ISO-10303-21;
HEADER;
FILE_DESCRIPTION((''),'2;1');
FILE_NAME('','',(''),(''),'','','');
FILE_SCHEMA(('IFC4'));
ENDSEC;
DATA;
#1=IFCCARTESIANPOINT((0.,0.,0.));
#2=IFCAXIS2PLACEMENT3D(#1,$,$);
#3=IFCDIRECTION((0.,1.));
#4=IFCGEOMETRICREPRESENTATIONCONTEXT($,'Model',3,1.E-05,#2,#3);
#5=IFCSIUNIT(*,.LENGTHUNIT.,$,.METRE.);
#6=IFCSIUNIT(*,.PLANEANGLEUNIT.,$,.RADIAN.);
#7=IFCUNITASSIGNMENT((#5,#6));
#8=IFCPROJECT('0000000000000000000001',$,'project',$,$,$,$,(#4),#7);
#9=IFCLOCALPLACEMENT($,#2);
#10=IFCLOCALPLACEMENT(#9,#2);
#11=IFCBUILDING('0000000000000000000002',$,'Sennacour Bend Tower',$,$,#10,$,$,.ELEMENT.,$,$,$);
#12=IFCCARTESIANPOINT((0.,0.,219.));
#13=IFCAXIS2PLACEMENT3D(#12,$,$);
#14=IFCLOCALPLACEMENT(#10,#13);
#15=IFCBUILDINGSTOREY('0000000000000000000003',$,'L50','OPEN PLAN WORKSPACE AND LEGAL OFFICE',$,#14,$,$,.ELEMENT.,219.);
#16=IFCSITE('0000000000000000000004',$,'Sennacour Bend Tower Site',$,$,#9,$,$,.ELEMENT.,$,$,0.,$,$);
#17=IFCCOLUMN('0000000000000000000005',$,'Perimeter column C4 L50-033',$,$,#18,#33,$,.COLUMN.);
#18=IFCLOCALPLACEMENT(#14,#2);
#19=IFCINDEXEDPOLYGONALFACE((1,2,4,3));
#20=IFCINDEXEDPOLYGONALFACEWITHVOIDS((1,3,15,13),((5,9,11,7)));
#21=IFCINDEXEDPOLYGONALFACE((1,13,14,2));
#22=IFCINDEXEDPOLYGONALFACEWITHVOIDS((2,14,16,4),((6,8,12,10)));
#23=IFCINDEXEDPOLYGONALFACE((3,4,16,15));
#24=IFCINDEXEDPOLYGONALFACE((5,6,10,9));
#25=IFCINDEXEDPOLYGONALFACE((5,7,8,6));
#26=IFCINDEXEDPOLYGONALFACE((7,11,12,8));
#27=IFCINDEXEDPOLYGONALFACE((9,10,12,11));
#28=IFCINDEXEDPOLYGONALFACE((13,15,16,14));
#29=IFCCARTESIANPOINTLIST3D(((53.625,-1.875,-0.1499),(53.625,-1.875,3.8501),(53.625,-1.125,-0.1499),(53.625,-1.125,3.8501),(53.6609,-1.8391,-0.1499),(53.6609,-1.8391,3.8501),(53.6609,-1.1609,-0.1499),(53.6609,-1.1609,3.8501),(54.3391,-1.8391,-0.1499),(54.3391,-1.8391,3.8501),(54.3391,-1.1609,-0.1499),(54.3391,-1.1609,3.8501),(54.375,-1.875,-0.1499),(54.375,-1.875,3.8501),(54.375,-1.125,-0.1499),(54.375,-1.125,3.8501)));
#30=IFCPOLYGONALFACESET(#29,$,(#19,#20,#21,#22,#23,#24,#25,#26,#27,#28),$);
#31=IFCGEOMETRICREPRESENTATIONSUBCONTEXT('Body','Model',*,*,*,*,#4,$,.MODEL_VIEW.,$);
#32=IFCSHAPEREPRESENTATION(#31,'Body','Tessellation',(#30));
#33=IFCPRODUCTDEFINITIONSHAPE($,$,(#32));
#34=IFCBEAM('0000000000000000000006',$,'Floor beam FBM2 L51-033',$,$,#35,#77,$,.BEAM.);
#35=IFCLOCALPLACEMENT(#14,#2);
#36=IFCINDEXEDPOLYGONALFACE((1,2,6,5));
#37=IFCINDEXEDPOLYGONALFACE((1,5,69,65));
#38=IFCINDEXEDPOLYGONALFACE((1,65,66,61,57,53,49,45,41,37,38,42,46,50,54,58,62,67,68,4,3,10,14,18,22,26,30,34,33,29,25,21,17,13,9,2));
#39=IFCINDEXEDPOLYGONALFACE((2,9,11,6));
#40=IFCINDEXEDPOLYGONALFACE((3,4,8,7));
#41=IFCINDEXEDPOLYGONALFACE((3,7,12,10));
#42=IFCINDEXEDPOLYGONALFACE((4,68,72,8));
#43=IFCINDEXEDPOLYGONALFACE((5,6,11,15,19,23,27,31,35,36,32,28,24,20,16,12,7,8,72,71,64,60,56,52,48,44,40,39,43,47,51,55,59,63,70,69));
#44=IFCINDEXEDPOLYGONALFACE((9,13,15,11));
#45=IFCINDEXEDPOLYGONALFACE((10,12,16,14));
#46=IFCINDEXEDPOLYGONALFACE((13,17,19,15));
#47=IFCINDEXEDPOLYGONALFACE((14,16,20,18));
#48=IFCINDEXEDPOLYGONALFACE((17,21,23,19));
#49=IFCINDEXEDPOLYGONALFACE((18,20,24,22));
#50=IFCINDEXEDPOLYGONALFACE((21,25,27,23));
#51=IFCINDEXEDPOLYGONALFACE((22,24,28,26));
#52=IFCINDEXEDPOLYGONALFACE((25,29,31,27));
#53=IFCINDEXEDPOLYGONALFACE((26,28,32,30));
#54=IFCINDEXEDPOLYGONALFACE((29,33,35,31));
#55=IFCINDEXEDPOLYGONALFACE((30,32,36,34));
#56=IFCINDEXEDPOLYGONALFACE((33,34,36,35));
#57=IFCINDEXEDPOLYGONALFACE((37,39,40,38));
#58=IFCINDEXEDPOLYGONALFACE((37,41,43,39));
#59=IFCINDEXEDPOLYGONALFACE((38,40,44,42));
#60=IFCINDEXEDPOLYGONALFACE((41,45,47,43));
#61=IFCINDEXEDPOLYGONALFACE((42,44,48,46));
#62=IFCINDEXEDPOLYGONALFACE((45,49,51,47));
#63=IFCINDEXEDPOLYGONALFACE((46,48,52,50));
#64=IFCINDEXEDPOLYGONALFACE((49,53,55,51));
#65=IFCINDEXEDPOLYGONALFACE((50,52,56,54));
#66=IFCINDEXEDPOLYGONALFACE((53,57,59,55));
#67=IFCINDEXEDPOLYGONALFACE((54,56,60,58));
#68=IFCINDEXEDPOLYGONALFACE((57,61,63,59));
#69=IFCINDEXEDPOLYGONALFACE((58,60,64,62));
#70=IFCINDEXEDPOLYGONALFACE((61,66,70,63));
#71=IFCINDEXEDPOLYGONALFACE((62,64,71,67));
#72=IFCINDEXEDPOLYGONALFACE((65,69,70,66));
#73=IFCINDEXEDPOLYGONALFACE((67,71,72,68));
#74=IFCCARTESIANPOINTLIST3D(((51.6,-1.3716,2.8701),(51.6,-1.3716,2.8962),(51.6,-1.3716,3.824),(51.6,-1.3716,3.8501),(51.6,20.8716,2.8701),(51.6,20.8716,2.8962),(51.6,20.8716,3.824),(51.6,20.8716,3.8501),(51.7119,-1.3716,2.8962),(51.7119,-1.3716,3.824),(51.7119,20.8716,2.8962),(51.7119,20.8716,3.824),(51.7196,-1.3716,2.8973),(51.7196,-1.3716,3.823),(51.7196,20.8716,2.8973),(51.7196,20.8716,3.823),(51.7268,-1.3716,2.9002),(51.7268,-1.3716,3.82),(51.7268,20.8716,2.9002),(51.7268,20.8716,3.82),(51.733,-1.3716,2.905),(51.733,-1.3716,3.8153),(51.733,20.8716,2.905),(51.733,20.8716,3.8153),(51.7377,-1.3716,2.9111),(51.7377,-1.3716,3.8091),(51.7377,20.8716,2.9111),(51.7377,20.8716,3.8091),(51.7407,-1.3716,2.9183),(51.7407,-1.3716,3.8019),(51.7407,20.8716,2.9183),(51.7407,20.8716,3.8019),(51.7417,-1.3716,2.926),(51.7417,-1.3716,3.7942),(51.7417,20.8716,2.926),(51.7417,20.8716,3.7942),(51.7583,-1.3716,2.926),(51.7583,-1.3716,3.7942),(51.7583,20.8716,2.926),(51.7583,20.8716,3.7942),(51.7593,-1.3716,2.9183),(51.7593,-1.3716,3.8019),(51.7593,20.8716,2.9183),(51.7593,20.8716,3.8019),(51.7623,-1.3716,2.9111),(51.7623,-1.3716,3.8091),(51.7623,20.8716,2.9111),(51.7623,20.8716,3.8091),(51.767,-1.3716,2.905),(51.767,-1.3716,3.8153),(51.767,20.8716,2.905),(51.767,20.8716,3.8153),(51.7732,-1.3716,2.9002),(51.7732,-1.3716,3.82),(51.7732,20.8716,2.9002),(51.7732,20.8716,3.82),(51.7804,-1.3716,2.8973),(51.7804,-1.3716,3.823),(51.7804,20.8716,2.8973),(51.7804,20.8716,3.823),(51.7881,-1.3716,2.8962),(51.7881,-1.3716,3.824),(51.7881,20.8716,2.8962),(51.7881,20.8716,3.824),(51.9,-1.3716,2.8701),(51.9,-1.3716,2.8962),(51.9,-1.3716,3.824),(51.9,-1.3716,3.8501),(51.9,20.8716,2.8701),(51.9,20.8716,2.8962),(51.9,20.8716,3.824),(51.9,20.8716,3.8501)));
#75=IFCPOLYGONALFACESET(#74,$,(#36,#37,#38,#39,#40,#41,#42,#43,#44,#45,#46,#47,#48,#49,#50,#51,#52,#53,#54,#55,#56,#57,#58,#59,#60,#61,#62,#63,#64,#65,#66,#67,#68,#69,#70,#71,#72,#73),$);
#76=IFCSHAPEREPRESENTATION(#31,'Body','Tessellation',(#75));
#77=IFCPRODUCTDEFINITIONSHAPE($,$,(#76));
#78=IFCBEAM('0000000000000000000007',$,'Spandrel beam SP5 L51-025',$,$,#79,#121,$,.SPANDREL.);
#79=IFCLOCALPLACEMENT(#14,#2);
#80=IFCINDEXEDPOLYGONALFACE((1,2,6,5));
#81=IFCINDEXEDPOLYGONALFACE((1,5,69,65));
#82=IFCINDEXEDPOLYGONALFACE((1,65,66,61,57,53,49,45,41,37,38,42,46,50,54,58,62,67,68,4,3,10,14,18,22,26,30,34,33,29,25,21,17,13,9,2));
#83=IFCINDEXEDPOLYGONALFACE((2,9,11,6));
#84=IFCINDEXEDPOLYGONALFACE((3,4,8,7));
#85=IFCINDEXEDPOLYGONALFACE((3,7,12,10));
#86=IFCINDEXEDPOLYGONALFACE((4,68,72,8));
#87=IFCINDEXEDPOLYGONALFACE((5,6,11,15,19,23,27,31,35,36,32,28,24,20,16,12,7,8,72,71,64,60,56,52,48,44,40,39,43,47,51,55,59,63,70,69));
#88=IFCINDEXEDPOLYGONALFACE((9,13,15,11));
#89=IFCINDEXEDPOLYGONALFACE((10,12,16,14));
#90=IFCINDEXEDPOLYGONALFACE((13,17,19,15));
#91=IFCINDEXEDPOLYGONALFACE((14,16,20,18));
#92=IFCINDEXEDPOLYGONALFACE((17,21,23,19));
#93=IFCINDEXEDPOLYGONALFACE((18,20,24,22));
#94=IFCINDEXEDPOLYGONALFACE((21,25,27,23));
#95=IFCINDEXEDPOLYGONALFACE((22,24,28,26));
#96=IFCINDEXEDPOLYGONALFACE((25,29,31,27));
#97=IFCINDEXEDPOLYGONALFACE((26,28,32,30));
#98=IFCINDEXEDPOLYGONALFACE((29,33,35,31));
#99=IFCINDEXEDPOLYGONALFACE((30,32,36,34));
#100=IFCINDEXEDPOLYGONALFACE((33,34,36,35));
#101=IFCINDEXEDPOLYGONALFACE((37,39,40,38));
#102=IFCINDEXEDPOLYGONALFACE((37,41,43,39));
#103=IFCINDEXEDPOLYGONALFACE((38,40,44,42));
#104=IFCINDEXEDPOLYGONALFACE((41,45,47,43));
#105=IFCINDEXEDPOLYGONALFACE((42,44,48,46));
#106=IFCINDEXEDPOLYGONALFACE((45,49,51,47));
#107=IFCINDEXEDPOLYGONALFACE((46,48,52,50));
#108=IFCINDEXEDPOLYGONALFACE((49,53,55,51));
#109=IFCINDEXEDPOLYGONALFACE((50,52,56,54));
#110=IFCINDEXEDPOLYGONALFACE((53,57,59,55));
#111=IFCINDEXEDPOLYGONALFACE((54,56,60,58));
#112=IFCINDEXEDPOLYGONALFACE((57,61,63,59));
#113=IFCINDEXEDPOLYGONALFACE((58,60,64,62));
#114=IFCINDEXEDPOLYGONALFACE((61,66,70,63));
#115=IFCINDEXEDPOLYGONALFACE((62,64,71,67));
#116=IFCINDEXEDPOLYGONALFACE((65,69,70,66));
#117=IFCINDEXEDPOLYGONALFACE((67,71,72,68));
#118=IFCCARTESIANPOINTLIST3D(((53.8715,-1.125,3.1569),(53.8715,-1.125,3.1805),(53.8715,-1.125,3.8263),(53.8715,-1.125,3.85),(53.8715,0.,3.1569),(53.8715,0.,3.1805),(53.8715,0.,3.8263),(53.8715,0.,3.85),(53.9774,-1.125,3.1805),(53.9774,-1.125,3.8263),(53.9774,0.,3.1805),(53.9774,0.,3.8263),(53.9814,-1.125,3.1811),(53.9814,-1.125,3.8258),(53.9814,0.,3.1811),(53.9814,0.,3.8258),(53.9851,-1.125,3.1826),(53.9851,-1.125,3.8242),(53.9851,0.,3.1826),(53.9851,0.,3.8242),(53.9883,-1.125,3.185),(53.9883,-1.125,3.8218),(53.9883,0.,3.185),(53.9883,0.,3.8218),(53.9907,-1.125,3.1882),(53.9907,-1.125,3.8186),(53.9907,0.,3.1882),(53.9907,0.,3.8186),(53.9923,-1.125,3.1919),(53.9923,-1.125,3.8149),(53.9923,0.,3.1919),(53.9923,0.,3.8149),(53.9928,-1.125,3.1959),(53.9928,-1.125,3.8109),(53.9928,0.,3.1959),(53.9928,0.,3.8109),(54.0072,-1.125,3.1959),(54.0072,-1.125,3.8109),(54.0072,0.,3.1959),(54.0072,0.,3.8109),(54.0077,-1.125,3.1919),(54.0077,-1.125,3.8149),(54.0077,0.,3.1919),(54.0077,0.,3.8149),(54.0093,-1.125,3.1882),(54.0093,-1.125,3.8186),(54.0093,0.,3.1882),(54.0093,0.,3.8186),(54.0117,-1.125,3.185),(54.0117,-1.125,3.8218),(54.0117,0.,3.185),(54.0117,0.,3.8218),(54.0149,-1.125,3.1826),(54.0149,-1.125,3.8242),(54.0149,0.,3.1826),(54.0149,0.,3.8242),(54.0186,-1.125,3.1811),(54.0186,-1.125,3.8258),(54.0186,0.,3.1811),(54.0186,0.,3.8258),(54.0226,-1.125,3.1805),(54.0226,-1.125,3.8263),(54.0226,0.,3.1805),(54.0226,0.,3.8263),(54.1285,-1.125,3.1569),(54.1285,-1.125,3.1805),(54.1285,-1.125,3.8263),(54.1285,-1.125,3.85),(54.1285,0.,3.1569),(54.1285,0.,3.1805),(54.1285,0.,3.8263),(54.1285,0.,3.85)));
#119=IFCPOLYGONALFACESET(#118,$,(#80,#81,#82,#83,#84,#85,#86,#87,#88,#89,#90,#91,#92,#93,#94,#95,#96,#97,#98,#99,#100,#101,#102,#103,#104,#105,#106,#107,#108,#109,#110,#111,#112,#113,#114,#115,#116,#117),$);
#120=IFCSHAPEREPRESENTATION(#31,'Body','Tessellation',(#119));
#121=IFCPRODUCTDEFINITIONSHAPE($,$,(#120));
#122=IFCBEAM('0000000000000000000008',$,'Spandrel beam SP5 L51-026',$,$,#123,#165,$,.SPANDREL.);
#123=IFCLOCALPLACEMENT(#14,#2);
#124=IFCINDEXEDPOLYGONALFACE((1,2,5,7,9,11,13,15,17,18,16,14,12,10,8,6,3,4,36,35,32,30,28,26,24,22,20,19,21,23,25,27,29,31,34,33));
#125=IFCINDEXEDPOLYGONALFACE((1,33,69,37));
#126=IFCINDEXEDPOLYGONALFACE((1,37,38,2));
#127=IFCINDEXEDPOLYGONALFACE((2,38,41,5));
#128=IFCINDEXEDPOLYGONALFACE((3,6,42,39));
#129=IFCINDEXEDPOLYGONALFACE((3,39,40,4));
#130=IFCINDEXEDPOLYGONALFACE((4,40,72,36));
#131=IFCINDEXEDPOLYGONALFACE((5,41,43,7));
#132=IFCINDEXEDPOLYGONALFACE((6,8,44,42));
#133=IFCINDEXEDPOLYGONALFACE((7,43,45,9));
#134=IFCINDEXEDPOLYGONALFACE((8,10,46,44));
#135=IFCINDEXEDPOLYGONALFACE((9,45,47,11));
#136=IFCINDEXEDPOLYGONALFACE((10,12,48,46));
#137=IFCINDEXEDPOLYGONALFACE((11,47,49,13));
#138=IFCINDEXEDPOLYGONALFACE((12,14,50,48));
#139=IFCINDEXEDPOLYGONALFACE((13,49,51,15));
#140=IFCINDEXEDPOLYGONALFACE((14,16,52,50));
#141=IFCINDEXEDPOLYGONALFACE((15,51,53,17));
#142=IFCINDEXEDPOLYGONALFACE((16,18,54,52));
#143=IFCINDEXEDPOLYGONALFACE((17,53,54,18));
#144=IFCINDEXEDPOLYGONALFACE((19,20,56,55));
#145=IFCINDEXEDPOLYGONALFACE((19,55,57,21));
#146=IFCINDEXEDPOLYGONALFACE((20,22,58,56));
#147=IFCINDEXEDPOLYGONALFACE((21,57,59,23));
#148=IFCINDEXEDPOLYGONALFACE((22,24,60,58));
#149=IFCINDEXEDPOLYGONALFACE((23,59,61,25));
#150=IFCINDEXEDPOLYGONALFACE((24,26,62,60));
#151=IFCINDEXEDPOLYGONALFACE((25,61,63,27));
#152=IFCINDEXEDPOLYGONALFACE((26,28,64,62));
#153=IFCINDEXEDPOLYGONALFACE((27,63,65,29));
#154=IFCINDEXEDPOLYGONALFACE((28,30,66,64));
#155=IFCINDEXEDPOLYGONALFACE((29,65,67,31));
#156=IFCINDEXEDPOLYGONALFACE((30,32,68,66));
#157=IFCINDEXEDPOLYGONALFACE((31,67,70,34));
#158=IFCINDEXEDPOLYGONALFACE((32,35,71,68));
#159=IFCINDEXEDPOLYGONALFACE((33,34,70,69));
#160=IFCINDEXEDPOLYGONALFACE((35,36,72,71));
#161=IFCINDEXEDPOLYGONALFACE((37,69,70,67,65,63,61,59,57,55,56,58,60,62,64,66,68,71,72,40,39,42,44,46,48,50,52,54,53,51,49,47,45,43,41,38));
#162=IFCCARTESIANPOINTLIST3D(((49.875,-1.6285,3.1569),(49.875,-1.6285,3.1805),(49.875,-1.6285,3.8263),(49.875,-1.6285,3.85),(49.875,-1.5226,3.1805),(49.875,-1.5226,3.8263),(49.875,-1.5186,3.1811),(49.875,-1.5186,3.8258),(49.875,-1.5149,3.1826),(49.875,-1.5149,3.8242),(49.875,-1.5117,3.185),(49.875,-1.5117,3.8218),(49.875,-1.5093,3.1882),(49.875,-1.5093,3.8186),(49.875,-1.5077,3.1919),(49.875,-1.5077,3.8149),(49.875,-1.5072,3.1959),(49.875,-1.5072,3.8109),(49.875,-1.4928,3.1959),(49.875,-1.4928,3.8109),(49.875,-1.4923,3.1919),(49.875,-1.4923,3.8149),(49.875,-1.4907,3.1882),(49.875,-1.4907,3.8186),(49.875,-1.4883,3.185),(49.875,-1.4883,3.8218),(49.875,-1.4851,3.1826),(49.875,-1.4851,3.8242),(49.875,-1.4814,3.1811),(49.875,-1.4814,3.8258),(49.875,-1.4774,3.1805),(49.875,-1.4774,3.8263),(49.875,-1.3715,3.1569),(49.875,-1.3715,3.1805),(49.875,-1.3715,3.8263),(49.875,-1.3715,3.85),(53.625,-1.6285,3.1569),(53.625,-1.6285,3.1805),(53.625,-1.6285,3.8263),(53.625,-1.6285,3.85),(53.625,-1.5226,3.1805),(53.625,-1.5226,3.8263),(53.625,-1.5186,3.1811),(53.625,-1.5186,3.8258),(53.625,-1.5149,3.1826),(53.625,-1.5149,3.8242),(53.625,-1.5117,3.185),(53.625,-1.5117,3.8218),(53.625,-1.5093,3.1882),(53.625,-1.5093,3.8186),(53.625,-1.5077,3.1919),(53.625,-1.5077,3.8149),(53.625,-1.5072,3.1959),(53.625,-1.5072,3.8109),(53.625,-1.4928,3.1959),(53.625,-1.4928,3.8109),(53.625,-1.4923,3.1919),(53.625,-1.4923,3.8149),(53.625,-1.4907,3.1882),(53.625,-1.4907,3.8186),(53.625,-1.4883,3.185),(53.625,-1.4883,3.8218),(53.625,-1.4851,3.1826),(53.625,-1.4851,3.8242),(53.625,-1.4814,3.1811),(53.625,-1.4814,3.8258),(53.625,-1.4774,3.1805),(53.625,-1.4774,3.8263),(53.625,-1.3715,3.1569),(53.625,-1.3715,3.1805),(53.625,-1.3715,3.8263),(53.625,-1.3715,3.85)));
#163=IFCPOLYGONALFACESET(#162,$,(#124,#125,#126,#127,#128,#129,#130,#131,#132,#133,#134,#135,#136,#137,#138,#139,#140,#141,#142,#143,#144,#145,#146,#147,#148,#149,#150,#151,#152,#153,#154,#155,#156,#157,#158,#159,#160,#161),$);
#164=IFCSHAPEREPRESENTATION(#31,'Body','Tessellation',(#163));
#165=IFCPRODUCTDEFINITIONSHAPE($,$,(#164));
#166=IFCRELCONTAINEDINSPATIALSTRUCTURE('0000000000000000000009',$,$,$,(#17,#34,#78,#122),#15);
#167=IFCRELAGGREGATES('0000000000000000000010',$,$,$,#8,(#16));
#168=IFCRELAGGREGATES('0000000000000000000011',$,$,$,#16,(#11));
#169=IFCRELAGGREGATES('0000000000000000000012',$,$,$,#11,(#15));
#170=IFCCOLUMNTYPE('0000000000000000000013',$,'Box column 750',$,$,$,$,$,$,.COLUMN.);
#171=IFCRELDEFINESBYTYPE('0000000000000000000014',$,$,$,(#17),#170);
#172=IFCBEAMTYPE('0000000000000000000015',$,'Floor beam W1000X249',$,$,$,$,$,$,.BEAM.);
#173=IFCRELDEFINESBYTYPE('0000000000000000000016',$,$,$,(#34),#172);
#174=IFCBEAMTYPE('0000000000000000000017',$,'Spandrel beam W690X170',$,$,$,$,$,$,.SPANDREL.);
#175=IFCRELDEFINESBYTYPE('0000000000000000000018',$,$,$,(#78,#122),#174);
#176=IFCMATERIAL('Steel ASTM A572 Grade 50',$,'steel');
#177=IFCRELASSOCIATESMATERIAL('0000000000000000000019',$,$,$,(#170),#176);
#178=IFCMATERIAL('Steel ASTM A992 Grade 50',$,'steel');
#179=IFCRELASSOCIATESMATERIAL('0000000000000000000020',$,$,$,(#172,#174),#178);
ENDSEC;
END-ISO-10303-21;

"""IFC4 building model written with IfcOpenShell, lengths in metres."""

from ifc_helpers import new_model, si_unit, direction, frame, origin, origin_2d, place, context, subcontext, project, spatial, hollow_rectangle, i_section, extrude, material, material_profile, profile_set, type_object, element, save


model = new_model("IFC4")

# Units and contexts
model_context = context("Model", 3, precision=1e-05, world=origin(), true_north=direction((0.0, 1.0)))
body_context = subcontext(model_context, "Body", "Model", "MODEL_VIEW")
ifc_project = project(units=[si_unit("LENGTHUNIT", "METRE"), si_unit("PLANEANGLEUNIT", "RADIAN")], contexts=[model_context])

# Site, building, storey
site_placement = place(None, origin())
site = spatial("IfcSite", under=ifc_project, at=site_placement, Name="Sennacour Bend Tower Site", CompositionType="ELEMENT", RefElevation=0.0)
building_placement = place(site_placement, origin())
building = spatial("IfcBuilding", under=site, at=building_placement, Name="Sennacour Bend Tower", CompositionType="ELEMENT")
storey_placement = place(building_placement, frame((0.0, 0.0, 219.0)))
storey = spatial("IfcBuildingStorey", under=building, at=storey_placement, Name="L50", Description="OPEN PLAN WORKSPACE AND LEGAL OFFICE", CompositionType="ELEMENT", Elevation=219.0)

# Column
ifc_material_1 = material(Name="Steel ASTM A572 Grade 50", Category="steel")
ifc_material_profile_1 = material_profile(ifc_material_1, hollow_rectangle(XDim=0.75, YDim=0.75, WallThickness=0.0359, at=origin_2d()), Name="Steel ASTM A572 Grade 50", Category="steel")
ifc_profile_set_1 = profile_set([ifc_material_profile_1], Name="Steel ASTM A572 Grade 50")
column_type = type_object("IfcColumnType", Name="Box column 750", PredefinedType="COLUMN", material=ifc_profile_set_1)
column_placement = place(storey_placement, frame((54.0, -1.5, -0.1499), z_axis=(0.0, 0.0, 1.0), x_axis=(1.0, 0.0, 0.0)))
element("IfcColumn", 1, at=column_placement, inside=storey, type_object=column_type, Name="Perimeter column C4 L50-033", PredefinedType="COLUMN", context=body_context, shape_type="SweptSolid", body=[
    extrude(hollow_rectangle(XDim=0.75, YDim=0.75, WallThickness=0.0359, at=origin_2d()), origin(), (0.0, 0.0, 1.0), 4.0),
])

# Beams
ifc_material_2 = material(Name="Steel ASTM A992 Grade 50", Category="steel")
ifc_material_profile_2 = material_profile(ifc_material_2, i_section(OverallWidth=0.3, OverallDepth=0.98, WebThickness=0.0166, FlangeThickness=0.0261, FilletRadius=0.0298, at=origin_2d()), Name="Steel ASTM A992 Grade 50", Category="steel")
ifc_profile_set_2 = profile_set([ifc_material_profile_2], Name="Steel ASTM A992 Grade 50")
beam_type_1 = type_object("IfcBeamType", Name="Floor beam W1000X249", PredefinedType="BEAM", material=ifc_profile_set_2)
beam_1_placement = place(storey_placement, frame((51.75, -1.3716, 3.3601), z_axis=(0.0, 1.0, 0.0), x_axis=(-1.0, 0.0, 0.0)))
element("IfcBeam", 2, at=beam_1_placement, inside=storey, type_object=beam_type_1, Name="Floor beam FBM2 L51-033", PredefinedType="BEAM", context=body_context, shape_type="SweptSolid", body=[
    extrude(i_section(OverallWidth=0.3, OverallDepth=0.98, WebThickness=0.0166, FlangeThickness=0.0261, FilletRadius=0.0298, at=origin_2d()), origin(), (0.0, 0.0, 1.0), 22.2432),
])
ifc_material_profile_3 = material_profile(ifc_material_2, i_section(OverallWidth=0.2571, OverallDepth=0.6931, WebThickness=0.0144, FlangeThickness=0.0237, FilletRadius=0.0154, at=origin_2d()), Name="Steel ASTM A992 Grade 50", Category="steel")
ifc_profile_set_3 = profile_set([ifc_material_profile_3], Name="Steel ASTM A992 Grade 50")
beam_type_2 = type_object("IfcBeamType", Name="Spandrel beam W690X170", PredefinedType="SPANDREL", material=ifc_profile_set_3)
beam_2_placement = place(storey_placement, frame((54.0, 0.0, 3.5034), z_axis=(0.0, -1.0, 0.0), x_axis=(1.0, 0.0, 0.0)))
element("IfcBeam", 3, at=beam_2_placement, inside=storey, type_object=beam_type_2, Name="Spandrel beam SP5 L51-025", PredefinedType="SPANDREL", context=body_context, shape_type="SweptSolid", body=[
    extrude(i_section(OverallWidth=0.2571, OverallDepth=0.6931, WebThickness=0.0144, FlangeThickness=0.0237, FilletRadius=0.0154, at=origin_2d()), origin(), (0.0, 0.0, 1.0), 1.125),
])
beam_3_placement = place(storey_placement, frame((53.625, -1.5, 3.5034), z_axis=(-1.0, 0.0, 0.0), x_axis=(0.0, -1.0, 0.0)))
element("IfcBeam", 4, at=beam_3_placement, inside=storey, type_object=beam_type_2, Name="Spandrel beam SP5 L51-026", PredefinedType="SPANDREL", context=body_context, shape_type="SweptSolid", body=[
    extrude(i_section(OverallWidth=0.2571, OverallDepth=0.6931, WebThickness=0.0144, FlangeThickness=0.0237, FilletRadius=0.0154, at=origin_2d()), origin(), (0.0, 0.0, 1.0), 3.75),
])

save(model, "model.ifc")
